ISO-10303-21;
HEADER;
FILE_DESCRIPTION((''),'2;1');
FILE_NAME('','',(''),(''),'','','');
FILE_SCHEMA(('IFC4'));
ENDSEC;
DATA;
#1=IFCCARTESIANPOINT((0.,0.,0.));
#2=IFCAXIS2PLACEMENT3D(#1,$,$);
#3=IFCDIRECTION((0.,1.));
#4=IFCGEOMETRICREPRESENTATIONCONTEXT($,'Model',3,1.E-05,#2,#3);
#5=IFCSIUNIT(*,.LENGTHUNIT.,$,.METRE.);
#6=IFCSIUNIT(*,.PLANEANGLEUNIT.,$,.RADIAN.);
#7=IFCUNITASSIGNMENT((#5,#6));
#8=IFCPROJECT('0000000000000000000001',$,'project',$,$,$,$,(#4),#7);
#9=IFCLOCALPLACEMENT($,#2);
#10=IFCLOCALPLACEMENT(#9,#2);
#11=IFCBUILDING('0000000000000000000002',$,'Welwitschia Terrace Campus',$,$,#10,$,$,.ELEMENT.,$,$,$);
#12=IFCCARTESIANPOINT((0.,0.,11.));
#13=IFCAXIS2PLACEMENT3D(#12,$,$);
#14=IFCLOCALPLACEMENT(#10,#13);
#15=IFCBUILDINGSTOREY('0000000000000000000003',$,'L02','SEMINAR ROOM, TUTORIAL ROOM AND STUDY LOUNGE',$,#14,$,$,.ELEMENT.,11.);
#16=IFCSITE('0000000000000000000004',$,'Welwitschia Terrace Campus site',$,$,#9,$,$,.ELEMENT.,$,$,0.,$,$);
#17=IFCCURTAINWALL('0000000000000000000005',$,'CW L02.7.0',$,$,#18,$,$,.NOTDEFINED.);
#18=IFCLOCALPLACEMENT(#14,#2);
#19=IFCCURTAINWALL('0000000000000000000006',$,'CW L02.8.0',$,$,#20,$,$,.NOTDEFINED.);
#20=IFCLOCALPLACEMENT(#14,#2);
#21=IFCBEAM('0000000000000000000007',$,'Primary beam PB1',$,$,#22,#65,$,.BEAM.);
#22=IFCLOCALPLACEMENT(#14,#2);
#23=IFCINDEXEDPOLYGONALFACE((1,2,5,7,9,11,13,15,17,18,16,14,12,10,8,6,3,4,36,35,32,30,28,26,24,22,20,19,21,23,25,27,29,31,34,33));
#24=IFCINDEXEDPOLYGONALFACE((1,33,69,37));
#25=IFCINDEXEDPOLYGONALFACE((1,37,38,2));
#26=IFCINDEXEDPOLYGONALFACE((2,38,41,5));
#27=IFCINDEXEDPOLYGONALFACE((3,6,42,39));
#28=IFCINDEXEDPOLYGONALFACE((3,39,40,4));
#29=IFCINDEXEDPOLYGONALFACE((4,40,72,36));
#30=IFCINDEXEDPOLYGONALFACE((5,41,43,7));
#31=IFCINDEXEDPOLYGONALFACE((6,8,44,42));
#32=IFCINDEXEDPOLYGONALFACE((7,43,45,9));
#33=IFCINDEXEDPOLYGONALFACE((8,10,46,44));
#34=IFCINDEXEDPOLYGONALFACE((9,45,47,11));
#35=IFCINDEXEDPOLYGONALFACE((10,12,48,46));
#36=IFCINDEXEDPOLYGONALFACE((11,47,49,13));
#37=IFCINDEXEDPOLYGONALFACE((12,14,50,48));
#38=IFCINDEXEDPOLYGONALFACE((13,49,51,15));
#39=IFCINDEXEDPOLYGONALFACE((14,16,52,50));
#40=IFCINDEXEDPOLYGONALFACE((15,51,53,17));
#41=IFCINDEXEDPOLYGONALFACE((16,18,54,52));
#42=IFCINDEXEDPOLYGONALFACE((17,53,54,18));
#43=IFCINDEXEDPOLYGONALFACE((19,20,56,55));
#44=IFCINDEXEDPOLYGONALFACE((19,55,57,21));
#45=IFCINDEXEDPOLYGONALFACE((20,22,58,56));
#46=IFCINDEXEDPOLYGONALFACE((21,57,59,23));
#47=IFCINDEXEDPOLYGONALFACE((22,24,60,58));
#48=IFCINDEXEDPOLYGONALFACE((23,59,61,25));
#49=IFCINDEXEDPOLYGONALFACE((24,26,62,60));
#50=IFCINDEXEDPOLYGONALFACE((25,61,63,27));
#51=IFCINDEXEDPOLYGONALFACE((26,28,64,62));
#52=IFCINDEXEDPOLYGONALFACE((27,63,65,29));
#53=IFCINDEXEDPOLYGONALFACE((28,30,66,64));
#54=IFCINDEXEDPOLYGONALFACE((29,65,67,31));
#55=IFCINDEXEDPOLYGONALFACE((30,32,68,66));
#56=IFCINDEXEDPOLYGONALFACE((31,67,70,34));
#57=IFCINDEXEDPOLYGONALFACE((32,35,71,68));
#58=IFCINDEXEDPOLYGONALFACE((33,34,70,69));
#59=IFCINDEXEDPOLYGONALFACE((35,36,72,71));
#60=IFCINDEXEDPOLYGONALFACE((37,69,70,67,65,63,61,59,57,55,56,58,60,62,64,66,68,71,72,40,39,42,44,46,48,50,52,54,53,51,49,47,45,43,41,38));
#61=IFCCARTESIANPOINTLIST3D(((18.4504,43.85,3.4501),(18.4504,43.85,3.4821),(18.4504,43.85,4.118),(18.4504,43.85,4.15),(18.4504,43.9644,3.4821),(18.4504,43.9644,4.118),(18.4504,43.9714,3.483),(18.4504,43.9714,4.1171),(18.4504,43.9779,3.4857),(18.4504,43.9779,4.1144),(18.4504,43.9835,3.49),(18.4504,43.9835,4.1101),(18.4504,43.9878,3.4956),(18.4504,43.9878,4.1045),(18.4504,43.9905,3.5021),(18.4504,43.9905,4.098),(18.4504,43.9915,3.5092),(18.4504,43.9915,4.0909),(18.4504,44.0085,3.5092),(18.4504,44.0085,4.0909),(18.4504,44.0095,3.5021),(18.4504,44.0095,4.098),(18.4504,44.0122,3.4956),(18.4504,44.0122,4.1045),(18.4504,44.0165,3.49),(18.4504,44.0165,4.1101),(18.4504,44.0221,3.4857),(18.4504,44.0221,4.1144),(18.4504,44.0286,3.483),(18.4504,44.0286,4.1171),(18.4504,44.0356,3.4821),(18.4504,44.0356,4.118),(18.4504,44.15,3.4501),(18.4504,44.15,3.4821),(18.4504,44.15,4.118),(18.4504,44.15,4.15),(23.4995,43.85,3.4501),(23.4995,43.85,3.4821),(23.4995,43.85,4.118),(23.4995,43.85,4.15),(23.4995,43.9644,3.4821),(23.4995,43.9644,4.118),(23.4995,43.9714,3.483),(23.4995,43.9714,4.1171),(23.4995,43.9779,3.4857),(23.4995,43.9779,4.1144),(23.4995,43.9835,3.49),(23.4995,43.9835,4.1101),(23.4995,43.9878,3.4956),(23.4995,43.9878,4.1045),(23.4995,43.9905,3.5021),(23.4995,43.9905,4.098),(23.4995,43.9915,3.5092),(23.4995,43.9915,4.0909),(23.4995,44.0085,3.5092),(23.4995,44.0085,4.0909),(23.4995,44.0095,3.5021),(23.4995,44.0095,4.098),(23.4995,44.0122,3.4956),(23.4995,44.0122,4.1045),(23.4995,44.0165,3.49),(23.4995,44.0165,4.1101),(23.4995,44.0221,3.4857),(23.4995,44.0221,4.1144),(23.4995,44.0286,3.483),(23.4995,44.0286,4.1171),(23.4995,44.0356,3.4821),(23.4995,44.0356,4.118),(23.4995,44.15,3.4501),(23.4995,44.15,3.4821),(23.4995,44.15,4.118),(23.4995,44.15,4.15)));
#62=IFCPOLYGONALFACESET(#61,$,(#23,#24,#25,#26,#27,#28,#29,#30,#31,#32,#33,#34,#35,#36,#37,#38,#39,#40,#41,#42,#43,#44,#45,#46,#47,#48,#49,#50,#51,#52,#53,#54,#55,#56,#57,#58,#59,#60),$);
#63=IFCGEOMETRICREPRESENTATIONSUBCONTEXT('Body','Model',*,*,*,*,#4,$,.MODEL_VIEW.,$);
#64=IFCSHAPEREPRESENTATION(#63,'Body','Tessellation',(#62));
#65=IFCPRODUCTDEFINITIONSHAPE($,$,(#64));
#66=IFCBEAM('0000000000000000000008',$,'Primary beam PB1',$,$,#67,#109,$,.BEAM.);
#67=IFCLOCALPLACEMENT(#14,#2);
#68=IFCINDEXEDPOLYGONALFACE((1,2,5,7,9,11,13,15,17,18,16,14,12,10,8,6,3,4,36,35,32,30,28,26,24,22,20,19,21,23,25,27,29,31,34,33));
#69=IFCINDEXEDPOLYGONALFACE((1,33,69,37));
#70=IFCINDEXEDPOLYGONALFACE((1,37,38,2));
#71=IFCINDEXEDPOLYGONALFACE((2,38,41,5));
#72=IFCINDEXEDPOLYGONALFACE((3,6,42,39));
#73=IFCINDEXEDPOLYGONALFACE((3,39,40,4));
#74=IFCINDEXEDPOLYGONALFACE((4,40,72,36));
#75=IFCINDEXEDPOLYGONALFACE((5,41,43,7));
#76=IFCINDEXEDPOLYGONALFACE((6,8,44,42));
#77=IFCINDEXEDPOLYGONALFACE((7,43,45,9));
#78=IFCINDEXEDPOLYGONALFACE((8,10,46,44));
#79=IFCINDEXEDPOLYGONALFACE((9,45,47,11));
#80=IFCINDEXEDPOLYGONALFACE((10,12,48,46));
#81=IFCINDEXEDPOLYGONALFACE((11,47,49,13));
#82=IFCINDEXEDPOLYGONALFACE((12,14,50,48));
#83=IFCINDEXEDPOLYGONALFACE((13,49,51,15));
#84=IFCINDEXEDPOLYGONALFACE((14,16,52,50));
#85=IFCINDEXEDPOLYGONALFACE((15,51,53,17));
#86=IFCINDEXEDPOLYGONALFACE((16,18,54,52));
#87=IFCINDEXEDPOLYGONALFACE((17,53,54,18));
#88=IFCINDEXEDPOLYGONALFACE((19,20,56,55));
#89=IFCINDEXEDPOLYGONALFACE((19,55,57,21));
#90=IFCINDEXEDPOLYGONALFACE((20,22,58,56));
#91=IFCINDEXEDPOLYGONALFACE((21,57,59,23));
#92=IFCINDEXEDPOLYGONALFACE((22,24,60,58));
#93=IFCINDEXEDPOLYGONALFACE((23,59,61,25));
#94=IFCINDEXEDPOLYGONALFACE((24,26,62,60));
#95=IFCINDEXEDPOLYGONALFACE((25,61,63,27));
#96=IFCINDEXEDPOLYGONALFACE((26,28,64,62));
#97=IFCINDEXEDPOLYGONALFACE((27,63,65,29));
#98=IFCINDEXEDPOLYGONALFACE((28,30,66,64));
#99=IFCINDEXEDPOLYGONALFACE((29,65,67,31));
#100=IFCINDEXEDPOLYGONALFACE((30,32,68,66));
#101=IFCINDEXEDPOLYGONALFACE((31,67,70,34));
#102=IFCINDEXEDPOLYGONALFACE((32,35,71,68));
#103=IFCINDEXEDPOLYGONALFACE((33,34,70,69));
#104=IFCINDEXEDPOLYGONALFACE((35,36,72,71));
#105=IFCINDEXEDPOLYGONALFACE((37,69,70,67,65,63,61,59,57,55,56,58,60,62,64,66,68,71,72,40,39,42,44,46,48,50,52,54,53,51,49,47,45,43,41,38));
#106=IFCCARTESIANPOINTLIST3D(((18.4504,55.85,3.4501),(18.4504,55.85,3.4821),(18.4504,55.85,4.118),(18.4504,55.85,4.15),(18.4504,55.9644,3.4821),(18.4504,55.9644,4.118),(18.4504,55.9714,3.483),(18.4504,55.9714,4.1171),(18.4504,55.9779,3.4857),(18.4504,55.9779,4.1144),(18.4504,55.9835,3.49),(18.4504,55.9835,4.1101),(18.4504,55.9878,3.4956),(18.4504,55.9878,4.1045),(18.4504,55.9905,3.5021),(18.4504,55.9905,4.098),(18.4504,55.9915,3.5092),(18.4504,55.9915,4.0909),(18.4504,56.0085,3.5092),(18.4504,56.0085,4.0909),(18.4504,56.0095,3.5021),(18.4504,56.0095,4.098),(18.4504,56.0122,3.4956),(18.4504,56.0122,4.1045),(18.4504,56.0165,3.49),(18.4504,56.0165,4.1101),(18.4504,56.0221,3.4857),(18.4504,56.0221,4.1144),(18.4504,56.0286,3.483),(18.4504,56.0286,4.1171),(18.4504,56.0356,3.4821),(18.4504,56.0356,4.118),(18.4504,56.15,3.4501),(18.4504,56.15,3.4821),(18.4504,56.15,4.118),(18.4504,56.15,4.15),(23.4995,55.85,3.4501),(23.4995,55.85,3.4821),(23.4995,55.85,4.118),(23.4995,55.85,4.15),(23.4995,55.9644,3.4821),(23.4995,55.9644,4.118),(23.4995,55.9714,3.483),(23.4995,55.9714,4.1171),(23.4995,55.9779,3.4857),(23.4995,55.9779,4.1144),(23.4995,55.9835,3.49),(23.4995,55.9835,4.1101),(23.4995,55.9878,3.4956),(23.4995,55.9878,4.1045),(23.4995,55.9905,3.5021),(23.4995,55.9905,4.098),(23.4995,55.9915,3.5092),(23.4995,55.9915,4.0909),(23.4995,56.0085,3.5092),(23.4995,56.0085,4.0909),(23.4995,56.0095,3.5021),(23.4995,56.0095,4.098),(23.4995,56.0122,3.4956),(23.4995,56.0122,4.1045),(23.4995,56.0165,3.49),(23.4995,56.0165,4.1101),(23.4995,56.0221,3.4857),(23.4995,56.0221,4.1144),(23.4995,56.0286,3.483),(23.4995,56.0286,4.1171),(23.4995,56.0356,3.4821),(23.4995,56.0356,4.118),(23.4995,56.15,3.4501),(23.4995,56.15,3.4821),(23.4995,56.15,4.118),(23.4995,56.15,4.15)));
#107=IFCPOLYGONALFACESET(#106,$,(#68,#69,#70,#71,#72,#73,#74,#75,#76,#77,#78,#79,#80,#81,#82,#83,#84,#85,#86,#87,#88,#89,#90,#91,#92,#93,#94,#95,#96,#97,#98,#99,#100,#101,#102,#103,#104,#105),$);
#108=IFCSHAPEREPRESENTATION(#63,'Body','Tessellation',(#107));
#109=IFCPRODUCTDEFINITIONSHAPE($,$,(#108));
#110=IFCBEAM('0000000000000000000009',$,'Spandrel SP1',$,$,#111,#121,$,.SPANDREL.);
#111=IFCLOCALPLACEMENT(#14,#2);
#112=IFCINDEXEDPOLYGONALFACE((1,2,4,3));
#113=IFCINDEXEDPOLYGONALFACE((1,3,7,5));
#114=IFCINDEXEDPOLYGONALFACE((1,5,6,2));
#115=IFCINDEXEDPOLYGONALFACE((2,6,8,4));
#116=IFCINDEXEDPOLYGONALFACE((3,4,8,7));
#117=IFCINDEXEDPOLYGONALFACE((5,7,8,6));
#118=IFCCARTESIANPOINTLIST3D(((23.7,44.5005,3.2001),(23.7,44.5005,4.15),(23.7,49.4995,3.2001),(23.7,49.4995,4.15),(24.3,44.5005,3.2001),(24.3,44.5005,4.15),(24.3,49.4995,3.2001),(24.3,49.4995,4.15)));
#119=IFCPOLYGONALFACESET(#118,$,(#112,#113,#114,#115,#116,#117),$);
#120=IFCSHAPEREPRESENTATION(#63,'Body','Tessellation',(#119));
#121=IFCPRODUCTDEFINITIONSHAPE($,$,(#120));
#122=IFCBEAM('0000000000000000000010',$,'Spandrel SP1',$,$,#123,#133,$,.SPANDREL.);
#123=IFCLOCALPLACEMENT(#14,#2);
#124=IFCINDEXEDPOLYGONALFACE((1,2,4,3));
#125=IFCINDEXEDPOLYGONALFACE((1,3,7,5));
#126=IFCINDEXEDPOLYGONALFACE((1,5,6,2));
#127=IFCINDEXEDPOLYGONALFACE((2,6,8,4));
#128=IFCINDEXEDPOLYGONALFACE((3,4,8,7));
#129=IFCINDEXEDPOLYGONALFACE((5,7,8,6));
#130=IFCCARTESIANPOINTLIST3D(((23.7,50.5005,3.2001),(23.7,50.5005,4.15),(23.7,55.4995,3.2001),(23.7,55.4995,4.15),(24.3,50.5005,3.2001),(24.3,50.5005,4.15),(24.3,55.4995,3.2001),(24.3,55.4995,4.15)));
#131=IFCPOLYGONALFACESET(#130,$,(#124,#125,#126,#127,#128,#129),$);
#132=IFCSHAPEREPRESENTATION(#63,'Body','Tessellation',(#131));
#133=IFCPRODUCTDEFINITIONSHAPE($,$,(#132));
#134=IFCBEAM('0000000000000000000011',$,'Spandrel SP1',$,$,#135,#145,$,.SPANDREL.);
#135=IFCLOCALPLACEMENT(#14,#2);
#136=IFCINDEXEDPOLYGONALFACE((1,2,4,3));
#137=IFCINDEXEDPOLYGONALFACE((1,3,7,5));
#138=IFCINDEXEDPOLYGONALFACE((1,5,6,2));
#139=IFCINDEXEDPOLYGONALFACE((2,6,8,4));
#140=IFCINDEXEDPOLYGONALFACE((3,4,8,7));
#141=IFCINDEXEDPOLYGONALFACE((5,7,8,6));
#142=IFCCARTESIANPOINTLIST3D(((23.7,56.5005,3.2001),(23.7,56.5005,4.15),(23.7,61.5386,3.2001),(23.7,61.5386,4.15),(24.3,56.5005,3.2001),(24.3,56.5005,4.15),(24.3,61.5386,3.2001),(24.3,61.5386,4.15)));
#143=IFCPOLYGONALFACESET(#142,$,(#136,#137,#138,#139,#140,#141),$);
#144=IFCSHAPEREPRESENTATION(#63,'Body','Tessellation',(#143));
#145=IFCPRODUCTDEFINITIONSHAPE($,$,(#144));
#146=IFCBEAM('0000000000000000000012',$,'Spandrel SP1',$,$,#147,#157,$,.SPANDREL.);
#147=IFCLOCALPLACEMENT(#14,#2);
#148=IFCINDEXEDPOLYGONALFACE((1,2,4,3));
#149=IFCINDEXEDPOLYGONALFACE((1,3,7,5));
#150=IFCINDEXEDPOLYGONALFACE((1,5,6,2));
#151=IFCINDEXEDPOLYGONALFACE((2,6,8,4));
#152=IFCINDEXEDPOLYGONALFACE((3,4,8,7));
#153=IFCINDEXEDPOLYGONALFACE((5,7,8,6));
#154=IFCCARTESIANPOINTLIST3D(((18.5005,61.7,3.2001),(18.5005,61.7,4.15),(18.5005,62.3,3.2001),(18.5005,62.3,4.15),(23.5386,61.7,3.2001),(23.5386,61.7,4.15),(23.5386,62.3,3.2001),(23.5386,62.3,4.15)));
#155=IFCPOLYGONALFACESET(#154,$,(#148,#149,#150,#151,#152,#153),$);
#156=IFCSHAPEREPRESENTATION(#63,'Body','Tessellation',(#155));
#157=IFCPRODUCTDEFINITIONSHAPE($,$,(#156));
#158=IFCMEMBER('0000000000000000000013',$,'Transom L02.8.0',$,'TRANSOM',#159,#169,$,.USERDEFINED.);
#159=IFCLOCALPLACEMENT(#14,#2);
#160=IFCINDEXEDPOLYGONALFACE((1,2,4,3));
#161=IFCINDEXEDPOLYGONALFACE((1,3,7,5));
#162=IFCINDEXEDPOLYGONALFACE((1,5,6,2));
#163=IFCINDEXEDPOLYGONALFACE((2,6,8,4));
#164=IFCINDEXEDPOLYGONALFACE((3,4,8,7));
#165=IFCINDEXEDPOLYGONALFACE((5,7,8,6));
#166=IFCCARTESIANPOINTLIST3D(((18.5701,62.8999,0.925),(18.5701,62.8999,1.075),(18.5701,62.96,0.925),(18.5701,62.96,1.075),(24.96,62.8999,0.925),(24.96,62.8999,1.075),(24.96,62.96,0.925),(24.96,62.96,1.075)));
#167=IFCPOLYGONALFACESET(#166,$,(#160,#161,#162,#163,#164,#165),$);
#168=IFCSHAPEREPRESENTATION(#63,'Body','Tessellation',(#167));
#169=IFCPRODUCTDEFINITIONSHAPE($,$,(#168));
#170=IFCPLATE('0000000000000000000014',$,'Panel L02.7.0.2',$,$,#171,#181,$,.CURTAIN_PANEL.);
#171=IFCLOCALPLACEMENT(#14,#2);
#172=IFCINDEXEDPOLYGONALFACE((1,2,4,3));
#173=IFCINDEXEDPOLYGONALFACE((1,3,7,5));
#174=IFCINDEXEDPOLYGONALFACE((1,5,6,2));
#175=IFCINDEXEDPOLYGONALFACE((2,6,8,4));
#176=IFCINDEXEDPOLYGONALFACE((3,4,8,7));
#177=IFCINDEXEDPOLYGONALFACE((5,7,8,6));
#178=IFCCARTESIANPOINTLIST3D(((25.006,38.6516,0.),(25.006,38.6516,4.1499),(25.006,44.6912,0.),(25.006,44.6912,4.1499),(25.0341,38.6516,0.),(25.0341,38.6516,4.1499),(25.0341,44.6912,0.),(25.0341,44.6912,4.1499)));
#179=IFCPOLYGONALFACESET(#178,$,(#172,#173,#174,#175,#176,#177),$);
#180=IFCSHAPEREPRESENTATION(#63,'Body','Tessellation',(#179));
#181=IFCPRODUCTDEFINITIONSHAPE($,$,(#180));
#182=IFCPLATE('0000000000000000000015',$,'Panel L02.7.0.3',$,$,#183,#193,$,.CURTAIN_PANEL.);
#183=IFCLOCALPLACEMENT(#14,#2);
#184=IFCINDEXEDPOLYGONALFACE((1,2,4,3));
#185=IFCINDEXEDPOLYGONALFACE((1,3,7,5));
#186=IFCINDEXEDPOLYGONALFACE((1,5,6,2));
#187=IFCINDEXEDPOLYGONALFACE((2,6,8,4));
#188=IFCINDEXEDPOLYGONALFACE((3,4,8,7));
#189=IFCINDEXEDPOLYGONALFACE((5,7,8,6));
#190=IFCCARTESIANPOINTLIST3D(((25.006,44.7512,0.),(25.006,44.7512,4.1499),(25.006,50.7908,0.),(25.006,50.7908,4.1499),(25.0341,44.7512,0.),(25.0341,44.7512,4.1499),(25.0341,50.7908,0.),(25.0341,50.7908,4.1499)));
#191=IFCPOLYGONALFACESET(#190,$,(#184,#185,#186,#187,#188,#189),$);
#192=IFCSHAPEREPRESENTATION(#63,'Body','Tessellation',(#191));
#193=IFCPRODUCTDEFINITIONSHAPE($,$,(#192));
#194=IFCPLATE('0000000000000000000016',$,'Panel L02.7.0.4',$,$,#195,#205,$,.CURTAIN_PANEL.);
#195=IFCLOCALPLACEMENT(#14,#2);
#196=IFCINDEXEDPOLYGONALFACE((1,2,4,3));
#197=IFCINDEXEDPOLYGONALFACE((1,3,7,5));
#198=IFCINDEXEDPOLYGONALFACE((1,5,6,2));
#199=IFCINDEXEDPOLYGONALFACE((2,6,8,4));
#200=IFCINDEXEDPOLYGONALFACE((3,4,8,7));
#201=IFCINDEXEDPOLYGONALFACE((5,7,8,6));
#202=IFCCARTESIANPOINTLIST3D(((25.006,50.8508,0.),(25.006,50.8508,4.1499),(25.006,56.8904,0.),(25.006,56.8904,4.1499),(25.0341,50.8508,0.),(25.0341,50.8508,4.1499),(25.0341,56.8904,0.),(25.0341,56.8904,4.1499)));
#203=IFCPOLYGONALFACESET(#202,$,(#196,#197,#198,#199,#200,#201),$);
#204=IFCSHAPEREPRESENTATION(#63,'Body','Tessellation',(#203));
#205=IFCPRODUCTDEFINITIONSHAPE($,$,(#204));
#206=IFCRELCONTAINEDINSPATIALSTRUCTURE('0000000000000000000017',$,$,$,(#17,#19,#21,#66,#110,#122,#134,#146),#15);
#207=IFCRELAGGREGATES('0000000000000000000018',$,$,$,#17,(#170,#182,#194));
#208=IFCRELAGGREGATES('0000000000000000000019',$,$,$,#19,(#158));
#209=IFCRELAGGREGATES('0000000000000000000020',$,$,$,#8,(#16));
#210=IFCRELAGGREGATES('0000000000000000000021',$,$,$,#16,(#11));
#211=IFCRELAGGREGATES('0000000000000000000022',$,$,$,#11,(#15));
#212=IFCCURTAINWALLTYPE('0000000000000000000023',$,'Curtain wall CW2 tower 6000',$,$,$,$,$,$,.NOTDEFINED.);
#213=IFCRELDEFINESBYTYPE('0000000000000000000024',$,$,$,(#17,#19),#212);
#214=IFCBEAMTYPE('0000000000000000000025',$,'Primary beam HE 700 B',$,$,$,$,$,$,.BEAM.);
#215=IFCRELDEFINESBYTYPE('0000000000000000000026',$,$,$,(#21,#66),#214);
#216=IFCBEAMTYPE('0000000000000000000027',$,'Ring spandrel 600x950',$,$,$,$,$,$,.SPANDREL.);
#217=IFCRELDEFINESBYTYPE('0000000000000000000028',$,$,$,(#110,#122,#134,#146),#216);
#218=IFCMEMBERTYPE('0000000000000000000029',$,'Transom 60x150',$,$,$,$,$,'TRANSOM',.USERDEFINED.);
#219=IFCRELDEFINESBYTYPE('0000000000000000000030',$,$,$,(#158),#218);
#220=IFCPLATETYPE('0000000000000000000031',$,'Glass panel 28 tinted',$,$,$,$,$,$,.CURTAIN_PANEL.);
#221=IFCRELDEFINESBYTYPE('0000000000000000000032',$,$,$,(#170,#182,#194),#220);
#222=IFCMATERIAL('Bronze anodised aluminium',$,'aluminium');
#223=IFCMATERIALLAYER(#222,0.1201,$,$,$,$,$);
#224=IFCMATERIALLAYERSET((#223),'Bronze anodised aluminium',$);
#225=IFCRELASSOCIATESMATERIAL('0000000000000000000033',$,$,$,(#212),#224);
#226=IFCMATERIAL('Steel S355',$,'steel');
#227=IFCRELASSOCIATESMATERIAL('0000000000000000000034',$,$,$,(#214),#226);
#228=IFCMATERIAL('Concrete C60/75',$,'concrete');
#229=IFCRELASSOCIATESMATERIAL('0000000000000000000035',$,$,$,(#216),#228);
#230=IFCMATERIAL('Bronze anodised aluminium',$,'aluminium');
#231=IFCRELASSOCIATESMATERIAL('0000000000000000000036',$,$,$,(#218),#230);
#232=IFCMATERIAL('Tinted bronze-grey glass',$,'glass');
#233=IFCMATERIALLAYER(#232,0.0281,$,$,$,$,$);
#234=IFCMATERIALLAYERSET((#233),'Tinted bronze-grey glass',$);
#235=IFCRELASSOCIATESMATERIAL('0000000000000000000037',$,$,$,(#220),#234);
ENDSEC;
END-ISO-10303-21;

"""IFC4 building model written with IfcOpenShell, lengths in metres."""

from ifc_helpers import new_model, si_unit, direction, frame, origin, origin_2d, place, context, subcontext, project, spatial, rectangle, i_section, extrude, material, layer, layer_set, material_profile, profile_set, type_object, element, aggregate, save


model = new_model("IFC4")

# Units and contexts
model_context = context("Model", 3, precision=1e-05, world=origin(), true_north=direction((0.0, 1.0)))
body_context = subcontext(model_context, "Body", "Model", "MODEL_VIEW")
ifc_project = project(units=[si_unit("LENGTHUNIT", "METRE"), si_unit("PLANEANGLEUNIT", "RADIAN")], contexts=[model_context])

# Site, building, storey
site_placement = place(None, origin())
site = spatial("IfcSite", under=ifc_project, at=site_placement, Name="Welwitschia Terrace Campus site", CompositionType="ELEMENT", RefElevation=0.0)
building_placement = place(site_placement, origin())
building = spatial("IfcBuilding", under=site, at=building_placement, Name="Welwitschia Terrace Campus", CompositionType="ELEMENT")
storey_placement = place(building_placement, frame((0.0, 0.0, 11.0)))
storey = spatial("IfcBuildingStorey", under=building, at=storey_placement, Name="L02", Description="SEMINAR ROOM, TUTORIAL ROOM AND STUDY LOUNGE", CompositionType="ELEMENT", Elevation=11.0)

# Curtain wall
ifc_material_1 = material(Name="Bronze anodised aluminium", Category="aluminium")
ifc_layer_1 = layer(ifc_material_1, 0.1201)
ifc_layer_set_1 = layer_set([ifc_layer_1], Name="Bronze anodised aluminium")
curtain_wall_type = type_object("IfcCurtainWallType", Name="Curtain wall CW2 tower 6000", PredefinedType="NOTDEFINED", material=ifc_layer_set_1)
curtain_wall_1_placement = place(storey_placement, origin())
curtain_wall_1 = element("IfcCurtainWall", 1, at=curtain_wall_1_placement, inside=storey, type_object=curtain_wall_type, Name="CW L02.7.0", PredefinedType="NOTDEFINED")

# Curtain wall
curtain_wall_2_placement = place(storey_placement, origin())
curtain_wall_2 = element("IfcCurtainWall", 2, at=curtain_wall_2_placement, inside=storey, type_object=curtain_wall_type, Name="CW L02.8.0", PredefinedType="NOTDEFINED")

# Beams
ifc_material_2 = material(Name="Steel S355", Category="steel")
ifc_material_profile_1 = material_profile(ifc_material_2, i_section(OverallWidth=0.3, OverallDepth=0.7, WebThickness=0.0171, FlangeThickness=0.032, FilletRadius=0.0271, at=origin_2d()))
ifc_profile_set_1 = profile_set([ifc_material_profile_1], Name="Steel S355")
beam_type_1 = type_object("IfcBeamType", Name="Primary beam HE 700 B", PredefinedType="BEAM", material=ifc_profile_set_1)
for number, where, z_axis, x_axis, name in (
    (3, (23.4995, 44.0, 3.8), (-1.0, 0.0, 0.0), (0.0, -1.0, 0.0), "Primary beam PB1"),
    (4, (23.4995, 56.0, 3.8), (-1.0, 0.0, 0.0), (0.0, -1.0, 0.0), "Primary beam PB1"),
):
    element("IfcBeam", number, at=place(storey_placement, frame(where, z_axis=z_axis, x_axis=x_axis)), inside=storey, type_object=beam_type_1, Name=name, PredefinedType="BEAM", context=body_context, shape_type="SweptSolid", body=[
        extrude(i_section(OverallWidth=0.3, OverallDepth=0.7, WebThickness=0.0171, FlangeThickness=0.032, FilletRadius=0.0271, at=origin_2d()), origin(), (0.0, 0.0, 1.0), 5.0491),
    ])
ifc_material_3 = material(Name="Concrete C60/75", Category="concrete")
ifc_material_profile_2 = material_profile(ifc_material_3, rectangle(XDim=0.6001, YDim=0.95, at=origin_2d()))
ifc_profile_set_2 = profile_set([ifc_material_profile_2], Name="Concrete C60/75")
beam_type_2 = type_object("IfcBeamType", Name="Ring spandrel 600x950", PredefinedType="SPANDREL", material=ifc_profile_set_2)
for number, where, z_axis, x_axis, name in (
    (5, (24.0, 44.5005, 3.675), (0.0, 1.0, 0.0), (-1.0, 0.0, 0.0), "Spandrel SP1"),
    (6, (24.0, 50.5005, 3.675), (0.0, 1.0, 0.0), (-1.0, 0.0, 0.0), "Spandrel SP1"),
):
    element("IfcBeam", number, at=place(storey_placement, frame(where, z_axis=z_axis, x_axis=x_axis)), inside=storey, type_object=beam_type_2, Name=name, PredefinedType="SPANDREL", context=body_context, shape_type="SweptSolid", body=[
        extrude(rectangle(XDim=0.6001, YDim=0.95, at=origin_2d()), origin(), (0.0, 0.0, 1.0), 4.999),
    ])
for number, where, z_axis, x_axis, name in (
    (7, (24.0, 56.5005, 3.675), (0.0, 1.0, 0.0), (-1.0, 0.0, 0.0), "Spandrel SP1"),
    (8, (23.5386, 62.0, 3.675), (-1.0, 0.0, 0.0), (0.0, -1.0, 0.0), "Spandrel SP1"),
):
    element("IfcBeam", number, at=place(storey_placement, frame(where, z_axis=z_axis, x_axis=x_axis)), inside=storey, type_object=beam_type_2, Name=name, PredefinedType="SPANDREL", context=body_context, shape_type="SweptSolid", body=[
        extrude(rectangle(XDim=0.6001, YDim=0.95, at=origin_2d()), origin(), (0.0, 0.0, 1.0), 5.0381),
    ])

# Member
ifc_material_4 = material(Name="Bronze anodised aluminium", Category="aluminium")
ifc_material_profile_3 = material_profile(ifc_material_4, rectangle(XDim=0.0601, YDim=0.1499, at=origin_2d()))
ifc_profile_set_3 = profile_set([ifc_material_profile_3], Name="Bronze anodised aluminium")
member_type_1 = type_object("IfcMemberType", Name="Transom 60x150", ElementType="TRANSOM", PredefinedType="USERDEFINED", material=ifc_profile_set_3)
member_1_placement = place(storey_placement, frame((24.96, 62.9299, 1.0), z_axis=(-1.0, 0.0, 0.0), x_axis=(0.0, -1.0, 0.0)))
member_1 = element("IfcMember", 9, at=member_1_placement, type_object=member_type_1, Name="Transom L02.8.0", ObjectType="TRANSOM", PredefinedType="USERDEFINED", context=body_context, shape_type="SweptSolid", body=[
    extrude(rectangle(XDim=0.0601, YDim=0.1499, at=origin_2d()), origin(), (0.0, 0.0, 1.0), 6.3899),
])

# Plates
ifc_material_5 = material(Name="Tinted bronze-grey glass", Category="glass")
ifc_layer_2 = layer(ifc_material_5, 0.0281)
ifc_layer_set_2 = layer_set([ifc_layer_2], Name="Tinted bronze-grey glass")
plate_type = type_object("IfcPlateType", Name="Glass panel 28 tinted", PredefinedType="CURTAIN_PANEL", material=ifc_layer_set_2)
plate_1_placement = place(storey_placement, frame((25.02, 41.6714, 0.0), z_axis=(0.0, 0.0, 1.0), x_axis=(0.0, 1.0, 0.0)))
plate_1 = element("IfcPlate", 10, at=plate_1_placement, type_object=plate_type, Name="Panel L02.7.0.2", PredefinedType="CURTAIN_PANEL", context=body_context, shape_type="SweptSolid", body=[
    extrude(rectangle(XDim=6.0396, YDim=0.0281, at=origin_2d()), origin(), (0.0, 0.0, 1.0), 4.1499),
])
plate_2_placement = place(storey_placement, frame((25.02, 47.771, 0.0), z_axis=(0.0, 0.0, 1.0), x_axis=(0.0, 1.0, 0.0)))
plate_2 = element("IfcPlate", 11, at=plate_2_placement, type_object=plate_type, Name="Panel L02.7.0.3", PredefinedType="CURTAIN_PANEL", context=body_context, shape_type="SweptSolid", body=[
    extrude(rectangle(XDim=6.0396, YDim=0.0281, at=origin_2d()), origin(), (0.0, 0.0, 1.0), 4.1499),
])
plate_3_placement = place(storey_placement, frame((25.02, 53.8706, 0.0), z_axis=(0.0, 0.0, 1.0), x_axis=(0.0, 1.0, 0.0)))
plate_3 = element("IfcPlate", 12, at=plate_3_placement, type_object=plate_type, Name="Panel L02.7.0.4", PredefinedType="CURTAIN_PANEL", context=body_context, shape_type="SweptSolid", body=[
    extrude(rectangle(XDim=6.0396, YDim=0.0281, at=origin_2d()), origin(), (0.0, 0.0, 1.0), 4.1499),
])
aggregate(curtain_wall_1, [plate_1, plate_2, plate_3])
aggregate(curtain_wall_2, [member_1])

save(model, "model.ifc")
